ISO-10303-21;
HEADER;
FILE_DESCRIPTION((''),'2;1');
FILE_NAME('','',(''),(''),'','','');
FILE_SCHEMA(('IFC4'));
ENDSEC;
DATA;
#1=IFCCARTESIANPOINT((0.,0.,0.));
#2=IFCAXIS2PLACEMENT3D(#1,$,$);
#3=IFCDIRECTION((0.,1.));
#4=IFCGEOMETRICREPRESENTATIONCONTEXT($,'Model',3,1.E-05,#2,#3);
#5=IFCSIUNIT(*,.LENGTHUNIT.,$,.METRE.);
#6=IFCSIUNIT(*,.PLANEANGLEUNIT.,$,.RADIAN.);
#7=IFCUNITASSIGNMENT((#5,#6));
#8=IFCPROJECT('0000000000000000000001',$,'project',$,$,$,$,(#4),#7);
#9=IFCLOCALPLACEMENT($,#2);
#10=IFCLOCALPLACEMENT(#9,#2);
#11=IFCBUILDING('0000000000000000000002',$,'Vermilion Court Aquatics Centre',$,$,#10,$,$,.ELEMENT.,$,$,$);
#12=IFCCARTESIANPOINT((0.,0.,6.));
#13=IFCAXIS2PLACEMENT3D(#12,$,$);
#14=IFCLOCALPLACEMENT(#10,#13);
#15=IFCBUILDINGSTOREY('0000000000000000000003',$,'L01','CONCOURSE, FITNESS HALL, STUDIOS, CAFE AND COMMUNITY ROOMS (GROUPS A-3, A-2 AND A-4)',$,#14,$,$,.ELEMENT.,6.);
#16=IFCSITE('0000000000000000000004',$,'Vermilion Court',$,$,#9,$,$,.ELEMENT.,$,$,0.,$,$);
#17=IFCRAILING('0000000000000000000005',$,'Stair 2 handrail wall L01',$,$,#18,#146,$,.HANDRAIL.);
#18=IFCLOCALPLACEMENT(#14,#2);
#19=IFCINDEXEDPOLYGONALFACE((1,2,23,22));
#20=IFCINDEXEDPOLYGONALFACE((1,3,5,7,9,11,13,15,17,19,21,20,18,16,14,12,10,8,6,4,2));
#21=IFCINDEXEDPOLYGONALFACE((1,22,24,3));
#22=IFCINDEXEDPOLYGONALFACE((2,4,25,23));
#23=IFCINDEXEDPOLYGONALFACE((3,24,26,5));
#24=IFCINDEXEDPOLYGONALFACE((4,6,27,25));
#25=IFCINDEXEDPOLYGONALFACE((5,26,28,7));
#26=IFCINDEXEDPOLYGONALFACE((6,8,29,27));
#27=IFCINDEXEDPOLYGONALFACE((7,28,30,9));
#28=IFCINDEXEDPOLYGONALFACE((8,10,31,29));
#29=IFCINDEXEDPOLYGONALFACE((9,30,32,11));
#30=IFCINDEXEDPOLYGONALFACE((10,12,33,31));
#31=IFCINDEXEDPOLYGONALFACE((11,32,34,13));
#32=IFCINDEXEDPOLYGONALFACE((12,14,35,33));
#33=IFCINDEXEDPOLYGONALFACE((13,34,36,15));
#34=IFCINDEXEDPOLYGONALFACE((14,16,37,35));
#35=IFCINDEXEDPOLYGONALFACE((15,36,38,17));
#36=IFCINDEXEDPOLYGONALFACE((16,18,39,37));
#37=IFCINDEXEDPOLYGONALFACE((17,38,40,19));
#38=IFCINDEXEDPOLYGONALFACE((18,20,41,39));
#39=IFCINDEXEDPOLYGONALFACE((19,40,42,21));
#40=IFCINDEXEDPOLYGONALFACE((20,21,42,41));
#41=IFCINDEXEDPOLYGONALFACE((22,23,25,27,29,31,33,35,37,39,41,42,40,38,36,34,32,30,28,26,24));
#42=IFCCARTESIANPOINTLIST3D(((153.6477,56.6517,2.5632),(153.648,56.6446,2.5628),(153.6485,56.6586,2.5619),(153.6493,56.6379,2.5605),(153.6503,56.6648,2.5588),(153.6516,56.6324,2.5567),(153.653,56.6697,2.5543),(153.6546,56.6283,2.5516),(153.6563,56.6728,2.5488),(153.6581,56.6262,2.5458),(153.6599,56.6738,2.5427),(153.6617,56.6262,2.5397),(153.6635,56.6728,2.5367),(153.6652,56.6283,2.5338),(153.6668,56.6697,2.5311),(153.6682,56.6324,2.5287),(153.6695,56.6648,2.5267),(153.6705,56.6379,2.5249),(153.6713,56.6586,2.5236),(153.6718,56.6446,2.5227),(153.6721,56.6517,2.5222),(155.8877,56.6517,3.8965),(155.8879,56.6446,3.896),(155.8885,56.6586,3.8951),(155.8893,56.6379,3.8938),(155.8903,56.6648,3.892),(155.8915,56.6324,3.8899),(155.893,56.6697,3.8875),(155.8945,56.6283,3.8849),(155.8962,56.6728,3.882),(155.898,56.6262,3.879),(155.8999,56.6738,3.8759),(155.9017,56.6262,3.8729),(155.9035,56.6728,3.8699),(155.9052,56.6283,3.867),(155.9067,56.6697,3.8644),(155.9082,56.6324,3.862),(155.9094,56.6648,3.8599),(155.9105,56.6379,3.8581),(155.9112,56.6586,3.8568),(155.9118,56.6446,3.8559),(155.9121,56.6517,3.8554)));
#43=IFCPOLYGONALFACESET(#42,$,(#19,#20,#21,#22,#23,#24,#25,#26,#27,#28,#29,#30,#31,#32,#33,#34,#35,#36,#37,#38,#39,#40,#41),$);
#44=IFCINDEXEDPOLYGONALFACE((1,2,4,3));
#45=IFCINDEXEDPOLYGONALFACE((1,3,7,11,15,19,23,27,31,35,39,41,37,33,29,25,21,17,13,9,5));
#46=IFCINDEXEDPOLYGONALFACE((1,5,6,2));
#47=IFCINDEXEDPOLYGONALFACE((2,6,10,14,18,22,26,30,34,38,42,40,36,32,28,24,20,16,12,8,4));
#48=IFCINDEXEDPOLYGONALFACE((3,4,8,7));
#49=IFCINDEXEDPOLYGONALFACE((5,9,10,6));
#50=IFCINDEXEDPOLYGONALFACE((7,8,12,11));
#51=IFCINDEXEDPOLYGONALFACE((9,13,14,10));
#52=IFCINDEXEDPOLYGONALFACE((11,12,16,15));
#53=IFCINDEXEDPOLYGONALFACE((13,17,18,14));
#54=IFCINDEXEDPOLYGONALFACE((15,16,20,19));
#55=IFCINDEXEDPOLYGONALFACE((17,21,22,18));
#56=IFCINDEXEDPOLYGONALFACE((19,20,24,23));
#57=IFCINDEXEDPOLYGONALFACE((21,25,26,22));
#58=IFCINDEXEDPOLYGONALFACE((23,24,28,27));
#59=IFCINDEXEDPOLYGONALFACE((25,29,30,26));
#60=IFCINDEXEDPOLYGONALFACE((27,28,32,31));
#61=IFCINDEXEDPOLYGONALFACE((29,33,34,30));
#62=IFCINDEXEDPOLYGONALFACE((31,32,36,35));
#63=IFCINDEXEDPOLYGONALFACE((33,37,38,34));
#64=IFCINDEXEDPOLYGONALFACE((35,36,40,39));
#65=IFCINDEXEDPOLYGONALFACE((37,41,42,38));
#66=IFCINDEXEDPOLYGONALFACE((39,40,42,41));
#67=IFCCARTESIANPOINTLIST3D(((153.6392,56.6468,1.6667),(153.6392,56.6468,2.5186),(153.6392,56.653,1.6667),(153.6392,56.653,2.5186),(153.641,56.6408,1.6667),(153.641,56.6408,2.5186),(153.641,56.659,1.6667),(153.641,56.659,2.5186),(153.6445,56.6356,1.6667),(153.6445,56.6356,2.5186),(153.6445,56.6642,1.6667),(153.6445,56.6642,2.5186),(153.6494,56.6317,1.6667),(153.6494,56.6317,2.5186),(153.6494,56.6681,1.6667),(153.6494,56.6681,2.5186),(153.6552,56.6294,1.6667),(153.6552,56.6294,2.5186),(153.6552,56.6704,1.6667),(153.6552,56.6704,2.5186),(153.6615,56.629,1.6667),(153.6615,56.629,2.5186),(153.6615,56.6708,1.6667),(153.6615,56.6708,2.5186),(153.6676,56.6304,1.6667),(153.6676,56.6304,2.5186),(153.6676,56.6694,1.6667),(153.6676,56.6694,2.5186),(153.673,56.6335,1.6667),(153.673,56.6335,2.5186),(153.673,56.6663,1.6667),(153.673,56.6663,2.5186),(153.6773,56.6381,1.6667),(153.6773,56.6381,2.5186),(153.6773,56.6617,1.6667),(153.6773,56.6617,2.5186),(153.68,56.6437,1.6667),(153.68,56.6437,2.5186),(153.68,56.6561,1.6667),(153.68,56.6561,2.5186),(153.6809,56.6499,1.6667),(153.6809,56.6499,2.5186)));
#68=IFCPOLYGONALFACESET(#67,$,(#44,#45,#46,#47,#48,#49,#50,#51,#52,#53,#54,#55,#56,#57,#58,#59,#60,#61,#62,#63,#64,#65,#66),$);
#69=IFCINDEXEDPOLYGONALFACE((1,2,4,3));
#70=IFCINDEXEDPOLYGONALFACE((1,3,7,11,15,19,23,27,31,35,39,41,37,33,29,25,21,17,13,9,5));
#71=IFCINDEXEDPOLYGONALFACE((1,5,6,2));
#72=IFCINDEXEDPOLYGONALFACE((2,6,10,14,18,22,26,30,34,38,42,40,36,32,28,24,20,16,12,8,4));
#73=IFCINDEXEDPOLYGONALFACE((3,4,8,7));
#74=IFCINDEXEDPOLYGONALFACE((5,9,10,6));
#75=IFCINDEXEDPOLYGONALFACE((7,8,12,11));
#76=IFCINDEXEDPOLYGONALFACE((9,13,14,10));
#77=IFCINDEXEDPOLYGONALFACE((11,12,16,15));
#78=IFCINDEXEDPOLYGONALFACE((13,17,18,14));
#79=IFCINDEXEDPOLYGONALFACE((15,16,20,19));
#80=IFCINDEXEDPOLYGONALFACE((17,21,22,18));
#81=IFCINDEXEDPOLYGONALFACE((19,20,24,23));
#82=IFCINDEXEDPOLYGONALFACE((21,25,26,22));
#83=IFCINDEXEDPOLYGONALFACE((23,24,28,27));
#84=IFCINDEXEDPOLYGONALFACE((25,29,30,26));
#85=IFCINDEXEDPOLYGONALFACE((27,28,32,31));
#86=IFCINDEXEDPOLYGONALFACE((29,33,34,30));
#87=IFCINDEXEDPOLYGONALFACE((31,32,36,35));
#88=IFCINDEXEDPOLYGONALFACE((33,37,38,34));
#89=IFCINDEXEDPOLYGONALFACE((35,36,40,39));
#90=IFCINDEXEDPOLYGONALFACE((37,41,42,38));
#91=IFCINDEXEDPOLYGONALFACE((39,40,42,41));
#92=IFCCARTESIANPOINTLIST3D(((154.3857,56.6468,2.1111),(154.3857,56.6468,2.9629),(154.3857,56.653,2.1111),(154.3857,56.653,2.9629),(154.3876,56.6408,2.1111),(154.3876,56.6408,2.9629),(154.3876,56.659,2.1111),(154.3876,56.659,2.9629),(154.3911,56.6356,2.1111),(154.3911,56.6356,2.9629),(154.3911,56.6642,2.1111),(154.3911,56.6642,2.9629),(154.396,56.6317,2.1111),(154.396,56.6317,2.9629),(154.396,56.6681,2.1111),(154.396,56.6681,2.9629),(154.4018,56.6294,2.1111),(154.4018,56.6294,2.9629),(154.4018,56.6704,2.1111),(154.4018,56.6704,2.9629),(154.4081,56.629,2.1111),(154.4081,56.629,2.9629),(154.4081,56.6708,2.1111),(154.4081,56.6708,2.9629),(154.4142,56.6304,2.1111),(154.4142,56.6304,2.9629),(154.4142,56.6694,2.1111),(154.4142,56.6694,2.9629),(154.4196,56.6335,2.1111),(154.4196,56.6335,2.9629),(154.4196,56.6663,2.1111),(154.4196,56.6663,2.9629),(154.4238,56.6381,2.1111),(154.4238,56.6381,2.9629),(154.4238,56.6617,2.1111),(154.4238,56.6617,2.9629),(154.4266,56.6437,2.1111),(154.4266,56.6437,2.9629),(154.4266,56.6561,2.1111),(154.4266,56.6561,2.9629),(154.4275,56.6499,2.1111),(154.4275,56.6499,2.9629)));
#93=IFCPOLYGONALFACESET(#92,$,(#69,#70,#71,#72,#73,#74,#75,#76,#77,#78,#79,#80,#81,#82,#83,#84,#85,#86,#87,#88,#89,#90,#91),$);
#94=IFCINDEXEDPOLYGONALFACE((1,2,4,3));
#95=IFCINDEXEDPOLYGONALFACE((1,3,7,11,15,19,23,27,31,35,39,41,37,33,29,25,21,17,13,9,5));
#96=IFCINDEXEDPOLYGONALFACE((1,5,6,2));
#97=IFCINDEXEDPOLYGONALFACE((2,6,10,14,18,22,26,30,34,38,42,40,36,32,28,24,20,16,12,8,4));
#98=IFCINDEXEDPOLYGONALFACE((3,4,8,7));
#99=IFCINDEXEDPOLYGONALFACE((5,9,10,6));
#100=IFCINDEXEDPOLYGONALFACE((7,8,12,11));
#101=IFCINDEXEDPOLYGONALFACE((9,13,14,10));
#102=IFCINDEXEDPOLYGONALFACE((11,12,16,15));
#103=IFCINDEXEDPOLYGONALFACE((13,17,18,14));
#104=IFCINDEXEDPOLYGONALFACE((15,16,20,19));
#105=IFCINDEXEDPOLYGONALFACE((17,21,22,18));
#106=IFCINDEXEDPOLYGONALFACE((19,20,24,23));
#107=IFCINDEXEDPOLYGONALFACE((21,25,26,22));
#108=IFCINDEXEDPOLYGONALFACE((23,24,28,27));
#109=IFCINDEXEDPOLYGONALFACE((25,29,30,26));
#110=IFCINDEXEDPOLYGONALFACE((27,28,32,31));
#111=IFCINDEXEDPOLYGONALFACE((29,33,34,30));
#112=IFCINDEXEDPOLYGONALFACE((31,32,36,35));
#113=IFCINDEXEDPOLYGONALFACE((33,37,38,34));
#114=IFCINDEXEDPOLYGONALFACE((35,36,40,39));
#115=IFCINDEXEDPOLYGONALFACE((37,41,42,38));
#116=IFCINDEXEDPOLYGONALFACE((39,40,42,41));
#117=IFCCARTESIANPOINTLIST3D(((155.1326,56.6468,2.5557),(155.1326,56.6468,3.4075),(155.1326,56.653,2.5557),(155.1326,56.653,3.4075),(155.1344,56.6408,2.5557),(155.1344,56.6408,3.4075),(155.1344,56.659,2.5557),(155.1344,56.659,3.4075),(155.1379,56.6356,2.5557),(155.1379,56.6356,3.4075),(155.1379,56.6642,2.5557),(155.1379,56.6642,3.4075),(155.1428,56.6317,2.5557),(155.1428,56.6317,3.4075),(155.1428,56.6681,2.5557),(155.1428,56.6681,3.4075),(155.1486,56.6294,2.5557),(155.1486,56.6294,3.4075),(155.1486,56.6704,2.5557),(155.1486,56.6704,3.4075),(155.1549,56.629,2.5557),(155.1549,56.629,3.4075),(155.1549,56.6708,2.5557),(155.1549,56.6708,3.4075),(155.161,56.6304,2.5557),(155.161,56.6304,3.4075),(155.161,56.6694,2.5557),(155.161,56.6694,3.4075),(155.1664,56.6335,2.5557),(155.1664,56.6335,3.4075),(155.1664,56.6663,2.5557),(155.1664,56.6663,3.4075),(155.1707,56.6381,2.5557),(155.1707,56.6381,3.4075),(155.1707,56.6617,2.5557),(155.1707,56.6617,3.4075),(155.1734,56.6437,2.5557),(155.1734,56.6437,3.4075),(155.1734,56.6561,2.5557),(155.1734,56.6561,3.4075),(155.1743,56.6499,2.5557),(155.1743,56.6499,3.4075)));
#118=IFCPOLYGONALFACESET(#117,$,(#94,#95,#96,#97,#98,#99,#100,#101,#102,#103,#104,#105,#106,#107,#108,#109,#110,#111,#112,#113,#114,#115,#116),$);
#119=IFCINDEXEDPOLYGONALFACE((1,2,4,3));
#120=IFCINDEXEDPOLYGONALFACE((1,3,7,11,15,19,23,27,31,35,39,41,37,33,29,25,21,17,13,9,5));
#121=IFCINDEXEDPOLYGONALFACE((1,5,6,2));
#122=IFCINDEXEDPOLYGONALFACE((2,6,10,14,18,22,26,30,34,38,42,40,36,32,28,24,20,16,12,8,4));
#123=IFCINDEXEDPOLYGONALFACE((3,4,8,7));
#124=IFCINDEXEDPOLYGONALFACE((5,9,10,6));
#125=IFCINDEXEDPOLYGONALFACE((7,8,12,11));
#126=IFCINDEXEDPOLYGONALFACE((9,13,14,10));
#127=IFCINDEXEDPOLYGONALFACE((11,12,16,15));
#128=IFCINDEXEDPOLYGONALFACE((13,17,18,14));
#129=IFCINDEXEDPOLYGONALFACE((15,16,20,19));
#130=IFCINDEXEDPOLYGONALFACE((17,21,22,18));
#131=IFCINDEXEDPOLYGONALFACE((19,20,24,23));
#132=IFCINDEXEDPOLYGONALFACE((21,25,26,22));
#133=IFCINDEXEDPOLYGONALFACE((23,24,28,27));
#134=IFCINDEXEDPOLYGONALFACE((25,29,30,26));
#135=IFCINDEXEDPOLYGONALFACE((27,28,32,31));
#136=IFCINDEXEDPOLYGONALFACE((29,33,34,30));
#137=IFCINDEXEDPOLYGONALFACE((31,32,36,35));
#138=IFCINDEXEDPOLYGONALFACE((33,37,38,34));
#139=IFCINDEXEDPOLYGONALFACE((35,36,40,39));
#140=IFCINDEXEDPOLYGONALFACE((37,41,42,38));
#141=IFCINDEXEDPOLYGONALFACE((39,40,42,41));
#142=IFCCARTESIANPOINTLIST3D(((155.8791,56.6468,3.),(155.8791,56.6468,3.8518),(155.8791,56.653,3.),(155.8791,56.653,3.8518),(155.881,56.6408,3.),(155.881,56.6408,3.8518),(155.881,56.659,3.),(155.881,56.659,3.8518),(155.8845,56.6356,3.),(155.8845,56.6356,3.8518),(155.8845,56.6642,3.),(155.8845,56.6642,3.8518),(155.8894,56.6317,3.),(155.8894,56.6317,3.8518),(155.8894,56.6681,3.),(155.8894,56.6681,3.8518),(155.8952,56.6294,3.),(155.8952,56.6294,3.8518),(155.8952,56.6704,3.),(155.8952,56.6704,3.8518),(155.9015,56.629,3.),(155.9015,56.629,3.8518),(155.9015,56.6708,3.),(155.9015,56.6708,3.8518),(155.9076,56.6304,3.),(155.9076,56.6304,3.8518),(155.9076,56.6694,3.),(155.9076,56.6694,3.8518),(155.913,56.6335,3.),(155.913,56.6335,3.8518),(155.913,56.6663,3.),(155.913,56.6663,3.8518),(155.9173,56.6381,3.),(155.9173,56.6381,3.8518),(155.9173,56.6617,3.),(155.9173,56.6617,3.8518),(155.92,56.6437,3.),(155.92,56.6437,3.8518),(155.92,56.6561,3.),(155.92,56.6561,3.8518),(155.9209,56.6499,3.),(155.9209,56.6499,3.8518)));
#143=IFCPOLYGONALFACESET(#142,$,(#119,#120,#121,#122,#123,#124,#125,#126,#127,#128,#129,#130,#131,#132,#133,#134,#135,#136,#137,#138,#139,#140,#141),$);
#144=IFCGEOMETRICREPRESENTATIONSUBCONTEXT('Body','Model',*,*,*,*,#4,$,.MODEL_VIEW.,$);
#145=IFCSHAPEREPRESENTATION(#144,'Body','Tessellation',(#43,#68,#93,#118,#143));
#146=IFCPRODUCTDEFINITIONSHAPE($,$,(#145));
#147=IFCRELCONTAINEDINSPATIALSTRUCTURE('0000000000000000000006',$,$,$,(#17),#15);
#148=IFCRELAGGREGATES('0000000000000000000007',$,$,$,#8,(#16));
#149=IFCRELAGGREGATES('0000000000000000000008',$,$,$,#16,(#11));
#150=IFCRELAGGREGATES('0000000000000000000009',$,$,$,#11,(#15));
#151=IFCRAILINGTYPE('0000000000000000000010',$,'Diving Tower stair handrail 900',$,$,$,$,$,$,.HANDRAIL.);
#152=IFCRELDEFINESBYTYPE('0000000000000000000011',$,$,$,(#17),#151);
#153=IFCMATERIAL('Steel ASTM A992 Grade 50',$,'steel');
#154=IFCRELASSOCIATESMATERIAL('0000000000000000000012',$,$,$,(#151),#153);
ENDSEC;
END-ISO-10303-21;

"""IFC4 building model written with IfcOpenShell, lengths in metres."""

from ifc_helpers import new_model, si_unit, direction, frame, origin, origin_2d, place, context, subcontext, project, spatial, circle, extrude, material, type_object, element, save


model = new_model("IFC4")

# Units and contexts
model_context = context("Model", 3, precision=1e-05, world=origin(), true_north=direction((0.0, 1.0)))
body_context = subcontext(model_context, "Body", "Model", "MODEL_VIEW")
ifc_project = project(units=[si_unit("LENGTHUNIT", "METRE"), si_unit("PLANEANGLEUNIT", "RADIAN")], contexts=[model_context])

# Site, building, storey
site_placement = place(None, origin())
site = spatial("IfcSite", under=ifc_project, at=site_placement, Name="Vermilion Court", CompositionType="ELEMENT", RefElevation=0.0)
building_placement = place(site_placement, origin())
building = spatial("IfcBuilding", under=site, at=building_placement, Name="Vermilion Court Aquatics Centre", CompositionType="ELEMENT")
storey_placement = place(building_placement, frame((0.0, 0.0, 6.0)))
storey = spatial("IfcBuildingStorey", under=building, at=storey_placement, Name="L01", Description="CONCOURSE, FITNESS HALL, STUDIOS, CAFE AND COMMUNITY ROOMS (GROUPS A-3, A-2 AND A-4)", CompositionType="ELEMENT", Elevation=6.0)

# Railing
ifc_material_1 = material(Name="Steel ASTM A992 Grade 50", Category="steel")
railing_type = type_object("IfcRailingType", Name="Diving Tower stair handrail 900", PredefinedType="HANDRAIL", material=ifc_material_1)
for number, where, name in (
    (1, (153.6599, 56.6499, 1.6667), "Stair 2 handrail wall L01"),
):
    element("IfcRailing", number, at=place(storey_placement, frame(where)), inside=storey, type_object=railing_type, Name=name, PredefinedType="HANDRAIL", context=body_context, shape_type="SweptSolid", body=[
        extrude(circle(Radius=0.0239, at=origin_2d()), frame((0.0, 0.0, 0.876), z_axis=(0.859306, 0.0, 0.511462), x_axis=(0.0, 1.0, 0.0)), (0.0, 0.0, 1.0), 2.6067),
        extrude(circle(Radius=0.021, at=origin_2d()), origin(), (0.0, 0.0, 1.0), 0.8518),
        extrude(circle(Radius=0.021, at=origin_2d()), frame((0.7466, 0.0, 0.4443)), (0.0, 0.0, 1.0), 0.8518),
        extrude(circle(Radius=0.021, at=origin_2d()), frame((1.4934, 0.0, 0.8889)), (0.0, 0.0, 1.0), 0.8518),
        extrude(circle(Radius=0.021, at=origin_2d()), frame((2.24, 0.0, 1.3333)), (0.0, 0.0, 1.0), 0.8518),
    ])

save(model, "model.ifc")
